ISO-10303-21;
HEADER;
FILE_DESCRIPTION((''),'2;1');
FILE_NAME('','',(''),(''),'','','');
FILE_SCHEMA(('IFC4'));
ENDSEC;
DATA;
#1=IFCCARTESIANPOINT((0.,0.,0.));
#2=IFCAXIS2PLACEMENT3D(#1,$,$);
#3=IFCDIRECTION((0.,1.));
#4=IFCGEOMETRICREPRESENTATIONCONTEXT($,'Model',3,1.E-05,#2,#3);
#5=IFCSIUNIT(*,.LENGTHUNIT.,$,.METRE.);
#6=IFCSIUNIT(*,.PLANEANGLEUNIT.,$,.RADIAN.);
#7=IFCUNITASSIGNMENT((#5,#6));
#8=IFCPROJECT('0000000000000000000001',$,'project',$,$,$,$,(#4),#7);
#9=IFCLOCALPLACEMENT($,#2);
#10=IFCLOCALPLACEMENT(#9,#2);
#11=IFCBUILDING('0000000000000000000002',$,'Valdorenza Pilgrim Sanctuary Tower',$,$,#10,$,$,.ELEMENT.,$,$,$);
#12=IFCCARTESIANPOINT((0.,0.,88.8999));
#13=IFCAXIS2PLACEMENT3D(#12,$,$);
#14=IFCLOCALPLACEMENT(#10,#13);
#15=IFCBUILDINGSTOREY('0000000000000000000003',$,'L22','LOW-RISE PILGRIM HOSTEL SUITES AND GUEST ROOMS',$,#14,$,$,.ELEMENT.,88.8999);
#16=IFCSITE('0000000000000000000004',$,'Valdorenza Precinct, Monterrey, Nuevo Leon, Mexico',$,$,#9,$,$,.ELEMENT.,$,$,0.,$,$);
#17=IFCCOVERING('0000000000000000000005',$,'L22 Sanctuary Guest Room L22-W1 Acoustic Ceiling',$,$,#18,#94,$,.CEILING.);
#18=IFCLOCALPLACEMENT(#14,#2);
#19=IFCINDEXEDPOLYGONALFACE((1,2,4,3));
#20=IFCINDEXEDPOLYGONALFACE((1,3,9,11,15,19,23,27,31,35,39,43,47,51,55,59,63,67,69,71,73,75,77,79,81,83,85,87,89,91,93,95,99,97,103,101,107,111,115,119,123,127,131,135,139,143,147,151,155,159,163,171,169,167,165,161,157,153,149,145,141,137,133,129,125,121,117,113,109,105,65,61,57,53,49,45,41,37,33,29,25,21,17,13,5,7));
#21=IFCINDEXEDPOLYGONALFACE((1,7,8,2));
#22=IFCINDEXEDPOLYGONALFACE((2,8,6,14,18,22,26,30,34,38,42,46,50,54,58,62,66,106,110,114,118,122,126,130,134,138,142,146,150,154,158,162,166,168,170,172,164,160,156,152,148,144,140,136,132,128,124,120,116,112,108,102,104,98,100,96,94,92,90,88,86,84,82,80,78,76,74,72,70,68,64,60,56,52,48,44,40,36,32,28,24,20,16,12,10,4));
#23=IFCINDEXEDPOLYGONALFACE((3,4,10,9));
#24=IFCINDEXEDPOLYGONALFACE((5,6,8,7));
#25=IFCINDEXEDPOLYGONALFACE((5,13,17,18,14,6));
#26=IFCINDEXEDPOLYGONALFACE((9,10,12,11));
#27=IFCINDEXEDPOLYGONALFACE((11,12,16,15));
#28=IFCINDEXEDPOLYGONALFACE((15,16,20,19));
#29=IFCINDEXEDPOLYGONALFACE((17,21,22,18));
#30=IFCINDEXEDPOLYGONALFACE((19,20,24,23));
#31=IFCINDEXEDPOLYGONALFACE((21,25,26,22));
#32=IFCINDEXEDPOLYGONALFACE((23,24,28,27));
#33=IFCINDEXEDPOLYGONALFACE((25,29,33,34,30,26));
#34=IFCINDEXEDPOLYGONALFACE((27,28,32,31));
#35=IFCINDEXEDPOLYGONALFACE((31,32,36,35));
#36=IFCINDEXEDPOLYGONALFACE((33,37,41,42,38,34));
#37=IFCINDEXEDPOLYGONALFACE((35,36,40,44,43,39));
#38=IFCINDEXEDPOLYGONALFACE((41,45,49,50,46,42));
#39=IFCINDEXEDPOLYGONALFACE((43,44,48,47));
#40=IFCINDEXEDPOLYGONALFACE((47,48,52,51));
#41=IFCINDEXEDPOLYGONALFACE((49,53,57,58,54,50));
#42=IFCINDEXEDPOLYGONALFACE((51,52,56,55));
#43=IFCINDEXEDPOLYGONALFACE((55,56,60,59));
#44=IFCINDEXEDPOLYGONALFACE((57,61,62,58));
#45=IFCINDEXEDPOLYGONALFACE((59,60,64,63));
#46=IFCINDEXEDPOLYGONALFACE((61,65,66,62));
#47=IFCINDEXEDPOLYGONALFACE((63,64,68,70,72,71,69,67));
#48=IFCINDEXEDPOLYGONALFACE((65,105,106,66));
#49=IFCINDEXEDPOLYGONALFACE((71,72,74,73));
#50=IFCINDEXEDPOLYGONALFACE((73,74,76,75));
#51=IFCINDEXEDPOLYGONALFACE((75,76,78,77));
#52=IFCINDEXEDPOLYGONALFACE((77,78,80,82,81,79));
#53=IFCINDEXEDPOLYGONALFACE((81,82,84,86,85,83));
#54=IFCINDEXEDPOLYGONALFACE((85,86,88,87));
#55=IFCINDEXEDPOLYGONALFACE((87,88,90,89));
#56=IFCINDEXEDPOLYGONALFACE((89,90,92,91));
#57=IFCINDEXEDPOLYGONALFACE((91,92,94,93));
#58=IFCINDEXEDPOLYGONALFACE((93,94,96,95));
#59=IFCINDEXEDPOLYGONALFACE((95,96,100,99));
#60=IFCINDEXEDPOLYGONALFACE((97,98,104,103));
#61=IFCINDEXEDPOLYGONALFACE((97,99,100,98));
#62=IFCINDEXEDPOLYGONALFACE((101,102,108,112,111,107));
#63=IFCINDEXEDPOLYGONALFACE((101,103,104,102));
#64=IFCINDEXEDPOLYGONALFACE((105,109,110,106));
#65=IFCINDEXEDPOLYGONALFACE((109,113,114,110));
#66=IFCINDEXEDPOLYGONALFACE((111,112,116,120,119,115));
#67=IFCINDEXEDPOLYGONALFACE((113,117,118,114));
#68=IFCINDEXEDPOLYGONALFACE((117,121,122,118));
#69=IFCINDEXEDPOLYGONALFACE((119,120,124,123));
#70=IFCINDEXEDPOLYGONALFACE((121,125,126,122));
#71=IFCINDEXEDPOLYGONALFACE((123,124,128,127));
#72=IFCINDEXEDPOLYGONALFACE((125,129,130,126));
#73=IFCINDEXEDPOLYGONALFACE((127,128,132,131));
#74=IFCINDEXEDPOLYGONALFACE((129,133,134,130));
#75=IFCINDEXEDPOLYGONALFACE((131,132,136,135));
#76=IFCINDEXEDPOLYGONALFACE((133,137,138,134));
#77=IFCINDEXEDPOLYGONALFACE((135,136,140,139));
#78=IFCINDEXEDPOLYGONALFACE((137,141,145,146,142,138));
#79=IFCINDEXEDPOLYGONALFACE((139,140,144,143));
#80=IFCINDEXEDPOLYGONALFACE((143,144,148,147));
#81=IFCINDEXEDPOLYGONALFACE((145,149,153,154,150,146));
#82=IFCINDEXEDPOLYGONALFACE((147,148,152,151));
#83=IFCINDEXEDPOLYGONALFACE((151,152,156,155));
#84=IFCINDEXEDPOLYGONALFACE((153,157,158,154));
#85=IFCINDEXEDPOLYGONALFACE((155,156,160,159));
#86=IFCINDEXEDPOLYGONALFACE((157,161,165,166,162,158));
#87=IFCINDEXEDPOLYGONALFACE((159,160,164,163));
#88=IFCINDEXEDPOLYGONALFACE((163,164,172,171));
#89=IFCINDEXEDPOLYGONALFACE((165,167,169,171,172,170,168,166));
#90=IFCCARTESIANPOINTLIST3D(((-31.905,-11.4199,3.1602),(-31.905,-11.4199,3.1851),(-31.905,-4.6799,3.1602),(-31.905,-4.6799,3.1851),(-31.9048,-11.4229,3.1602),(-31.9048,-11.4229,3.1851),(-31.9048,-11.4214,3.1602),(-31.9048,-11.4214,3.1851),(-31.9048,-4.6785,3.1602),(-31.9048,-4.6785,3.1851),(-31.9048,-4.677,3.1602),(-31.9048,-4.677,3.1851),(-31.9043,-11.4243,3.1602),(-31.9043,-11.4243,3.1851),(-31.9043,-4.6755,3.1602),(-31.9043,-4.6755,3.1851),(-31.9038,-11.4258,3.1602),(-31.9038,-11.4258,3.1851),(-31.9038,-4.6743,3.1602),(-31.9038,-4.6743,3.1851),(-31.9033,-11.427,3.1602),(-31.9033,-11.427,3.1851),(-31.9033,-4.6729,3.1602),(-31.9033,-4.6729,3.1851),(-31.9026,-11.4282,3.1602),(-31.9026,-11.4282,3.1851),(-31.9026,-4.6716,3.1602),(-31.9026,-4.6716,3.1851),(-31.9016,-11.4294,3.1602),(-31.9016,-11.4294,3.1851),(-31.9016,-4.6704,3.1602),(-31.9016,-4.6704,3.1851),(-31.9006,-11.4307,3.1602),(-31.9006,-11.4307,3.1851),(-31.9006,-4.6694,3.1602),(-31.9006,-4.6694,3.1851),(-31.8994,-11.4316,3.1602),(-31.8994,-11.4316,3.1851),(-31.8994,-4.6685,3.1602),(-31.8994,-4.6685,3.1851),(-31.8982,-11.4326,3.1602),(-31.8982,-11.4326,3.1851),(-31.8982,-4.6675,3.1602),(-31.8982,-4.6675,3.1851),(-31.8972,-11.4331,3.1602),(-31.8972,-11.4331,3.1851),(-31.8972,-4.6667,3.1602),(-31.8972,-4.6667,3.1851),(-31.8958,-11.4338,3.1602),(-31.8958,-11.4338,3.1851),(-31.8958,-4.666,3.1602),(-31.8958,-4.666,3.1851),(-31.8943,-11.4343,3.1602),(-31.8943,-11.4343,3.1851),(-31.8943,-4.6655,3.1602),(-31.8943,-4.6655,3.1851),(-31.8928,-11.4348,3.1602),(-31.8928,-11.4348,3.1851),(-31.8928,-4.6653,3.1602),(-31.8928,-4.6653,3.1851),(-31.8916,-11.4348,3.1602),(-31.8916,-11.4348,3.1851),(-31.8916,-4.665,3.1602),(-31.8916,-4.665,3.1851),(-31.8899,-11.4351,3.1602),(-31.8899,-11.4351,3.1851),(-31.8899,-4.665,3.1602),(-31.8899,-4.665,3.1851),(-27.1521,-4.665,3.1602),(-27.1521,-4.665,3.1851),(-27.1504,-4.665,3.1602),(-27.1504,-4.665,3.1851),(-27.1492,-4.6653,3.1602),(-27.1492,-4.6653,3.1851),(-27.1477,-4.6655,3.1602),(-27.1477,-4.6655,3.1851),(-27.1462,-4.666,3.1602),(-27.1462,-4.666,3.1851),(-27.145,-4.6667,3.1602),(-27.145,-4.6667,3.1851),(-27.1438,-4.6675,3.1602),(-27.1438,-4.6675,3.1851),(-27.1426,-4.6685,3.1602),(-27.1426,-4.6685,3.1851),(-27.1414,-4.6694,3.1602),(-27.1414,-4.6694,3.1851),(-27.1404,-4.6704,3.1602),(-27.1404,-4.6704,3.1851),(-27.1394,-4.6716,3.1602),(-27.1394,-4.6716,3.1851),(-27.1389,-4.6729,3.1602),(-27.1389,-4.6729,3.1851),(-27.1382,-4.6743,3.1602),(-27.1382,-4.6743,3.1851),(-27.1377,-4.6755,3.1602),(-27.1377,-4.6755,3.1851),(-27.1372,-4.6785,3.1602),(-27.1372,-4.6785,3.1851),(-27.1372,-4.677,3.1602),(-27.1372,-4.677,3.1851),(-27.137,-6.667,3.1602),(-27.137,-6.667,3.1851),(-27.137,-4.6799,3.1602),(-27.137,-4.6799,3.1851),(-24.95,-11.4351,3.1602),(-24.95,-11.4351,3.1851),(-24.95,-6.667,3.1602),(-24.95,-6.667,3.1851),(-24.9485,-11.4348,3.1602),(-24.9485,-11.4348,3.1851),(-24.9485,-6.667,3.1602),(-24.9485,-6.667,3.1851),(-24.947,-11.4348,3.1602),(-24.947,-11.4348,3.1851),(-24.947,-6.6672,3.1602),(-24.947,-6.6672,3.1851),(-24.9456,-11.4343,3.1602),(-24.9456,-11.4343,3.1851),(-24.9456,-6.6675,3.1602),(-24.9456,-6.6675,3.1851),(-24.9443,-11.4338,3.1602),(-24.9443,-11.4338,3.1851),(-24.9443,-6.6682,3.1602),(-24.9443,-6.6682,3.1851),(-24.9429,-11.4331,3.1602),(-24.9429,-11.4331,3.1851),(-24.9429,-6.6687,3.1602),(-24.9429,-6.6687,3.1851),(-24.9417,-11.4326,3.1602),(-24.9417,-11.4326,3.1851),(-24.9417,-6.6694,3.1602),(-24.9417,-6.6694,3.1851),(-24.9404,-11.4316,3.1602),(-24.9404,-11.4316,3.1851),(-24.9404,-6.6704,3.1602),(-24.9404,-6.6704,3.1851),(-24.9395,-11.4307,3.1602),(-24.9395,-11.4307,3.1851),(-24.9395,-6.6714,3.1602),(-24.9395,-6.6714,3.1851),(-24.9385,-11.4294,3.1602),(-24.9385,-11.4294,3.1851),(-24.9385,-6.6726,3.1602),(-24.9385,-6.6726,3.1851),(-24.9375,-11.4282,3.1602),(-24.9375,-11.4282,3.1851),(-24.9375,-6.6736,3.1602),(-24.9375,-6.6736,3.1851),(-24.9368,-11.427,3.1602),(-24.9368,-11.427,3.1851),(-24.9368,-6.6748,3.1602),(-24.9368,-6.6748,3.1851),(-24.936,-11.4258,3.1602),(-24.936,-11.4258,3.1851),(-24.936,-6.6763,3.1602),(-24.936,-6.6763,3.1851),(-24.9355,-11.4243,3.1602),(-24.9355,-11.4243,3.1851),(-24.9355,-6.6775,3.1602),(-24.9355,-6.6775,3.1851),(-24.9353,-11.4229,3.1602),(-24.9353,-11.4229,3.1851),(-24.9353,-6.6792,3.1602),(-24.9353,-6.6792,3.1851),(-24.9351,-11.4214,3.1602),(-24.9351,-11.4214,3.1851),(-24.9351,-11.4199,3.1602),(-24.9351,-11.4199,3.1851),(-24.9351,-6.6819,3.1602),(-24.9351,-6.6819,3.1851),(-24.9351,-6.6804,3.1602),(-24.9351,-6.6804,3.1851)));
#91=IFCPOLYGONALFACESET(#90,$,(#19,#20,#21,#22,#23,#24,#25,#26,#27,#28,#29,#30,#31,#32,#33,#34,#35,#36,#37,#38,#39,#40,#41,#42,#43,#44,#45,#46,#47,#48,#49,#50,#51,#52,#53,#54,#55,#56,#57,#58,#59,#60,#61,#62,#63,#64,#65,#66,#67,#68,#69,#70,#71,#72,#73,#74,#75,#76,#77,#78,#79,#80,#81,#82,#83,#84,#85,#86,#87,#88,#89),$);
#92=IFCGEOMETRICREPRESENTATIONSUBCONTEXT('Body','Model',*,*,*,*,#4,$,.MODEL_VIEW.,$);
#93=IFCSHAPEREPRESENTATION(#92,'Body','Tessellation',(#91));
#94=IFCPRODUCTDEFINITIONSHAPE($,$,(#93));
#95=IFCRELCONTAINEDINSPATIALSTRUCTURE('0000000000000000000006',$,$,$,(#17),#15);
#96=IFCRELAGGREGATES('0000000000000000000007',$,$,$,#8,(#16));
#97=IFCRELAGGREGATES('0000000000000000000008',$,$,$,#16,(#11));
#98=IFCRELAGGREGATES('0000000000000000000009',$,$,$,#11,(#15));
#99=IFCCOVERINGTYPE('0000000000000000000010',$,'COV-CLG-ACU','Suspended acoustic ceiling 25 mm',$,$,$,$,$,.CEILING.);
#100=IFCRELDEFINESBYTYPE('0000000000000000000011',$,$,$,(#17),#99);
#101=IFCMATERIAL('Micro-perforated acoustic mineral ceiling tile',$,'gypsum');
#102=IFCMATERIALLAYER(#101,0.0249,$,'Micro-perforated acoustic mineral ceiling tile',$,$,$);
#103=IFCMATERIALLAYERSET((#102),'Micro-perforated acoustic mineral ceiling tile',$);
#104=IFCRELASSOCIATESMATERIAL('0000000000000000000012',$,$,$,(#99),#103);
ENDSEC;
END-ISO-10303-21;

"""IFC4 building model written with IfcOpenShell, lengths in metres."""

from ifc_helpers import new_model, si_unit, direction, frame, origin, place, context, subcontext, project, spatial, polyline, outline, extrude, material, layer, layer_set, type_object, element, save


model = new_model("IFC4")

# Units and contexts
model_context = context("Model", 3, precision=1e-05, world=origin(), true_north=direction((0.0, 1.0)))
body_context = subcontext(model_context, "Body", "Model", "MODEL_VIEW")
ifc_project = project(units=[si_unit("LENGTHUNIT", "METRE"), si_unit("PLANEANGLEUNIT", "RADIAN")], contexts=[model_context])

# Site, building, storey
site_placement = place(None, origin())
site = spatial("IfcSite", under=ifc_project, at=site_placement, Name="Valdorenza Precinct, Monterrey, Nuevo Leon, Mexico", CompositionType="ELEMENT", RefElevation=0.0)
building_placement = place(site_placement, origin())
building = spatial("IfcBuilding", under=site, at=building_placement, Name="Valdorenza Pilgrim Sanctuary Tower", CompositionType="ELEMENT")
storey_placement = place(building_placement, frame((0.0, 0.0, 88.8999)))
storey = spatial("IfcBuildingStorey", under=building, at=storey_placement, Name="L22", Description="LOW-RISE PILGRIM HOSTEL SUITES AND GUEST ROOMS", CompositionType="ELEMENT", Elevation=88.8999)

# Covering
ifc_material_1 = material(Name="Micro-perforated acoustic mineral ceiling tile", Category="gypsum")
ifc_layer_1 = layer(ifc_material_1, 0.0249, Name="Micro-perforated acoustic mineral ceiling tile")
ifc_layer_set_1 = layer_set([ifc_layer_1], Name="Micro-perforated acoustic mineral ceiling tile")
covering_type_1 = type_object("IfcCoveringType", Name="COV-CLG-ACU", Description="Suspended acoustic ceiling 25 mm", PredefinedType="CEILING", material=ifc_layer_set_1)
covering_1_placement = place(storey_placement, frame((0.0, 0.0, 3.1602)))
element("IfcCovering", 1, at=covering_1_placement, inside=storey, type_object=covering_type_1, Name="L22 Sanctuary Guest Room L22-W1 Acoustic Ceiling", PredefinedType="CEILING", context=body_context, shape_type="SweptSolid", body=[
    extrude(outline(polyline([(-31.905, -4.6799), (-31.9048, -4.6785), (-31.9048, -4.677), (-31.9043, -4.6755), (-31.9038, -4.6743), (-31.9033, -4.6729), (-31.9026, -4.6716), (-31.9016, -4.6704), (-31.9006, -4.6694), (-31.8994, -4.6685), (-31.8982, -4.6675), (-31.8972, -4.6667), (-31.8958, -4.666), (-31.8943, -4.6655), (-31.8928, -4.6653), (-31.8916, -4.665), (-31.8899, -4.665), (-27.1521, -4.665), (-27.1504, -4.665), (-27.1492, -4.6653), (-27.1477, -4.6655), (-27.1462, -4.666), (-27.145, -4.6667), (-27.1438, -4.6675), (-27.1426, -4.6685), (-27.1414, -4.6694), (-27.1404, -4.6704), (-27.1394, -4.6716), (-27.1389, -4.6729), (-27.1382, -4.6743), (-27.1377, -4.6755), (-27.1372, -4.677), (-27.1372, -4.6785), (-27.137, -4.6799), (-27.137, -6.667), (-24.95, -6.667), (-24.9485, -6.667), (-24.947, -6.6672), (-24.9456, -6.6675), (-24.9443, -6.6682), (-24.9429, -6.6687), (-24.9417, -6.6694), (-24.9404, -6.6704), (-24.9395, -6.6714), (-24.9385, -6.6726), (-24.9375, -6.6736), (-24.9368, -6.6748), (-24.936, -6.6763), (-24.9355, -6.6775), (-24.9353, -6.6792), (-24.9351, -6.6804), (-24.9351, -6.6819), (-24.9351, -11.4199), (-24.9351, -11.4214), (-24.9353, -11.4229), (-24.9355, -11.4243), (-24.936, -11.4258), (-24.9368, -11.427), (-24.9375, -11.4282), (-24.9385, -11.4294), (-24.9395, -11.4307), (-24.9404, -11.4316), (-24.9417, -11.4326), (-24.9429, -11.4331), (-24.9443, -11.4338), (-24.9456, -11.4343), (-24.947, -11.4348), (-24.9485, -11.4348), (-24.95, -11.4351), (-31.8899, -11.4351), (-31.8916, -11.4348), (-31.8928, -11.4348), (-31.8943, -11.4343), (-31.8958, -11.4338), (-31.8972, -11.4331), (-31.8982, -11.4326), (-31.8994, -11.4316), (-31.9006, -11.4307), (-31.9016, -11.4294), (-31.9026, -11.4282), (-31.9033, -11.427), (-31.9038, -11.4258), (-31.9043, -11.4243), (-31.9048, -11.4229), (-31.9048, -11.4214), (-31.905, -11.4199), (-31.905, -4.6799)])), origin(), (0.0, 0.0, 1.0), 0.0249),
])

save(model, "model.ifc")
